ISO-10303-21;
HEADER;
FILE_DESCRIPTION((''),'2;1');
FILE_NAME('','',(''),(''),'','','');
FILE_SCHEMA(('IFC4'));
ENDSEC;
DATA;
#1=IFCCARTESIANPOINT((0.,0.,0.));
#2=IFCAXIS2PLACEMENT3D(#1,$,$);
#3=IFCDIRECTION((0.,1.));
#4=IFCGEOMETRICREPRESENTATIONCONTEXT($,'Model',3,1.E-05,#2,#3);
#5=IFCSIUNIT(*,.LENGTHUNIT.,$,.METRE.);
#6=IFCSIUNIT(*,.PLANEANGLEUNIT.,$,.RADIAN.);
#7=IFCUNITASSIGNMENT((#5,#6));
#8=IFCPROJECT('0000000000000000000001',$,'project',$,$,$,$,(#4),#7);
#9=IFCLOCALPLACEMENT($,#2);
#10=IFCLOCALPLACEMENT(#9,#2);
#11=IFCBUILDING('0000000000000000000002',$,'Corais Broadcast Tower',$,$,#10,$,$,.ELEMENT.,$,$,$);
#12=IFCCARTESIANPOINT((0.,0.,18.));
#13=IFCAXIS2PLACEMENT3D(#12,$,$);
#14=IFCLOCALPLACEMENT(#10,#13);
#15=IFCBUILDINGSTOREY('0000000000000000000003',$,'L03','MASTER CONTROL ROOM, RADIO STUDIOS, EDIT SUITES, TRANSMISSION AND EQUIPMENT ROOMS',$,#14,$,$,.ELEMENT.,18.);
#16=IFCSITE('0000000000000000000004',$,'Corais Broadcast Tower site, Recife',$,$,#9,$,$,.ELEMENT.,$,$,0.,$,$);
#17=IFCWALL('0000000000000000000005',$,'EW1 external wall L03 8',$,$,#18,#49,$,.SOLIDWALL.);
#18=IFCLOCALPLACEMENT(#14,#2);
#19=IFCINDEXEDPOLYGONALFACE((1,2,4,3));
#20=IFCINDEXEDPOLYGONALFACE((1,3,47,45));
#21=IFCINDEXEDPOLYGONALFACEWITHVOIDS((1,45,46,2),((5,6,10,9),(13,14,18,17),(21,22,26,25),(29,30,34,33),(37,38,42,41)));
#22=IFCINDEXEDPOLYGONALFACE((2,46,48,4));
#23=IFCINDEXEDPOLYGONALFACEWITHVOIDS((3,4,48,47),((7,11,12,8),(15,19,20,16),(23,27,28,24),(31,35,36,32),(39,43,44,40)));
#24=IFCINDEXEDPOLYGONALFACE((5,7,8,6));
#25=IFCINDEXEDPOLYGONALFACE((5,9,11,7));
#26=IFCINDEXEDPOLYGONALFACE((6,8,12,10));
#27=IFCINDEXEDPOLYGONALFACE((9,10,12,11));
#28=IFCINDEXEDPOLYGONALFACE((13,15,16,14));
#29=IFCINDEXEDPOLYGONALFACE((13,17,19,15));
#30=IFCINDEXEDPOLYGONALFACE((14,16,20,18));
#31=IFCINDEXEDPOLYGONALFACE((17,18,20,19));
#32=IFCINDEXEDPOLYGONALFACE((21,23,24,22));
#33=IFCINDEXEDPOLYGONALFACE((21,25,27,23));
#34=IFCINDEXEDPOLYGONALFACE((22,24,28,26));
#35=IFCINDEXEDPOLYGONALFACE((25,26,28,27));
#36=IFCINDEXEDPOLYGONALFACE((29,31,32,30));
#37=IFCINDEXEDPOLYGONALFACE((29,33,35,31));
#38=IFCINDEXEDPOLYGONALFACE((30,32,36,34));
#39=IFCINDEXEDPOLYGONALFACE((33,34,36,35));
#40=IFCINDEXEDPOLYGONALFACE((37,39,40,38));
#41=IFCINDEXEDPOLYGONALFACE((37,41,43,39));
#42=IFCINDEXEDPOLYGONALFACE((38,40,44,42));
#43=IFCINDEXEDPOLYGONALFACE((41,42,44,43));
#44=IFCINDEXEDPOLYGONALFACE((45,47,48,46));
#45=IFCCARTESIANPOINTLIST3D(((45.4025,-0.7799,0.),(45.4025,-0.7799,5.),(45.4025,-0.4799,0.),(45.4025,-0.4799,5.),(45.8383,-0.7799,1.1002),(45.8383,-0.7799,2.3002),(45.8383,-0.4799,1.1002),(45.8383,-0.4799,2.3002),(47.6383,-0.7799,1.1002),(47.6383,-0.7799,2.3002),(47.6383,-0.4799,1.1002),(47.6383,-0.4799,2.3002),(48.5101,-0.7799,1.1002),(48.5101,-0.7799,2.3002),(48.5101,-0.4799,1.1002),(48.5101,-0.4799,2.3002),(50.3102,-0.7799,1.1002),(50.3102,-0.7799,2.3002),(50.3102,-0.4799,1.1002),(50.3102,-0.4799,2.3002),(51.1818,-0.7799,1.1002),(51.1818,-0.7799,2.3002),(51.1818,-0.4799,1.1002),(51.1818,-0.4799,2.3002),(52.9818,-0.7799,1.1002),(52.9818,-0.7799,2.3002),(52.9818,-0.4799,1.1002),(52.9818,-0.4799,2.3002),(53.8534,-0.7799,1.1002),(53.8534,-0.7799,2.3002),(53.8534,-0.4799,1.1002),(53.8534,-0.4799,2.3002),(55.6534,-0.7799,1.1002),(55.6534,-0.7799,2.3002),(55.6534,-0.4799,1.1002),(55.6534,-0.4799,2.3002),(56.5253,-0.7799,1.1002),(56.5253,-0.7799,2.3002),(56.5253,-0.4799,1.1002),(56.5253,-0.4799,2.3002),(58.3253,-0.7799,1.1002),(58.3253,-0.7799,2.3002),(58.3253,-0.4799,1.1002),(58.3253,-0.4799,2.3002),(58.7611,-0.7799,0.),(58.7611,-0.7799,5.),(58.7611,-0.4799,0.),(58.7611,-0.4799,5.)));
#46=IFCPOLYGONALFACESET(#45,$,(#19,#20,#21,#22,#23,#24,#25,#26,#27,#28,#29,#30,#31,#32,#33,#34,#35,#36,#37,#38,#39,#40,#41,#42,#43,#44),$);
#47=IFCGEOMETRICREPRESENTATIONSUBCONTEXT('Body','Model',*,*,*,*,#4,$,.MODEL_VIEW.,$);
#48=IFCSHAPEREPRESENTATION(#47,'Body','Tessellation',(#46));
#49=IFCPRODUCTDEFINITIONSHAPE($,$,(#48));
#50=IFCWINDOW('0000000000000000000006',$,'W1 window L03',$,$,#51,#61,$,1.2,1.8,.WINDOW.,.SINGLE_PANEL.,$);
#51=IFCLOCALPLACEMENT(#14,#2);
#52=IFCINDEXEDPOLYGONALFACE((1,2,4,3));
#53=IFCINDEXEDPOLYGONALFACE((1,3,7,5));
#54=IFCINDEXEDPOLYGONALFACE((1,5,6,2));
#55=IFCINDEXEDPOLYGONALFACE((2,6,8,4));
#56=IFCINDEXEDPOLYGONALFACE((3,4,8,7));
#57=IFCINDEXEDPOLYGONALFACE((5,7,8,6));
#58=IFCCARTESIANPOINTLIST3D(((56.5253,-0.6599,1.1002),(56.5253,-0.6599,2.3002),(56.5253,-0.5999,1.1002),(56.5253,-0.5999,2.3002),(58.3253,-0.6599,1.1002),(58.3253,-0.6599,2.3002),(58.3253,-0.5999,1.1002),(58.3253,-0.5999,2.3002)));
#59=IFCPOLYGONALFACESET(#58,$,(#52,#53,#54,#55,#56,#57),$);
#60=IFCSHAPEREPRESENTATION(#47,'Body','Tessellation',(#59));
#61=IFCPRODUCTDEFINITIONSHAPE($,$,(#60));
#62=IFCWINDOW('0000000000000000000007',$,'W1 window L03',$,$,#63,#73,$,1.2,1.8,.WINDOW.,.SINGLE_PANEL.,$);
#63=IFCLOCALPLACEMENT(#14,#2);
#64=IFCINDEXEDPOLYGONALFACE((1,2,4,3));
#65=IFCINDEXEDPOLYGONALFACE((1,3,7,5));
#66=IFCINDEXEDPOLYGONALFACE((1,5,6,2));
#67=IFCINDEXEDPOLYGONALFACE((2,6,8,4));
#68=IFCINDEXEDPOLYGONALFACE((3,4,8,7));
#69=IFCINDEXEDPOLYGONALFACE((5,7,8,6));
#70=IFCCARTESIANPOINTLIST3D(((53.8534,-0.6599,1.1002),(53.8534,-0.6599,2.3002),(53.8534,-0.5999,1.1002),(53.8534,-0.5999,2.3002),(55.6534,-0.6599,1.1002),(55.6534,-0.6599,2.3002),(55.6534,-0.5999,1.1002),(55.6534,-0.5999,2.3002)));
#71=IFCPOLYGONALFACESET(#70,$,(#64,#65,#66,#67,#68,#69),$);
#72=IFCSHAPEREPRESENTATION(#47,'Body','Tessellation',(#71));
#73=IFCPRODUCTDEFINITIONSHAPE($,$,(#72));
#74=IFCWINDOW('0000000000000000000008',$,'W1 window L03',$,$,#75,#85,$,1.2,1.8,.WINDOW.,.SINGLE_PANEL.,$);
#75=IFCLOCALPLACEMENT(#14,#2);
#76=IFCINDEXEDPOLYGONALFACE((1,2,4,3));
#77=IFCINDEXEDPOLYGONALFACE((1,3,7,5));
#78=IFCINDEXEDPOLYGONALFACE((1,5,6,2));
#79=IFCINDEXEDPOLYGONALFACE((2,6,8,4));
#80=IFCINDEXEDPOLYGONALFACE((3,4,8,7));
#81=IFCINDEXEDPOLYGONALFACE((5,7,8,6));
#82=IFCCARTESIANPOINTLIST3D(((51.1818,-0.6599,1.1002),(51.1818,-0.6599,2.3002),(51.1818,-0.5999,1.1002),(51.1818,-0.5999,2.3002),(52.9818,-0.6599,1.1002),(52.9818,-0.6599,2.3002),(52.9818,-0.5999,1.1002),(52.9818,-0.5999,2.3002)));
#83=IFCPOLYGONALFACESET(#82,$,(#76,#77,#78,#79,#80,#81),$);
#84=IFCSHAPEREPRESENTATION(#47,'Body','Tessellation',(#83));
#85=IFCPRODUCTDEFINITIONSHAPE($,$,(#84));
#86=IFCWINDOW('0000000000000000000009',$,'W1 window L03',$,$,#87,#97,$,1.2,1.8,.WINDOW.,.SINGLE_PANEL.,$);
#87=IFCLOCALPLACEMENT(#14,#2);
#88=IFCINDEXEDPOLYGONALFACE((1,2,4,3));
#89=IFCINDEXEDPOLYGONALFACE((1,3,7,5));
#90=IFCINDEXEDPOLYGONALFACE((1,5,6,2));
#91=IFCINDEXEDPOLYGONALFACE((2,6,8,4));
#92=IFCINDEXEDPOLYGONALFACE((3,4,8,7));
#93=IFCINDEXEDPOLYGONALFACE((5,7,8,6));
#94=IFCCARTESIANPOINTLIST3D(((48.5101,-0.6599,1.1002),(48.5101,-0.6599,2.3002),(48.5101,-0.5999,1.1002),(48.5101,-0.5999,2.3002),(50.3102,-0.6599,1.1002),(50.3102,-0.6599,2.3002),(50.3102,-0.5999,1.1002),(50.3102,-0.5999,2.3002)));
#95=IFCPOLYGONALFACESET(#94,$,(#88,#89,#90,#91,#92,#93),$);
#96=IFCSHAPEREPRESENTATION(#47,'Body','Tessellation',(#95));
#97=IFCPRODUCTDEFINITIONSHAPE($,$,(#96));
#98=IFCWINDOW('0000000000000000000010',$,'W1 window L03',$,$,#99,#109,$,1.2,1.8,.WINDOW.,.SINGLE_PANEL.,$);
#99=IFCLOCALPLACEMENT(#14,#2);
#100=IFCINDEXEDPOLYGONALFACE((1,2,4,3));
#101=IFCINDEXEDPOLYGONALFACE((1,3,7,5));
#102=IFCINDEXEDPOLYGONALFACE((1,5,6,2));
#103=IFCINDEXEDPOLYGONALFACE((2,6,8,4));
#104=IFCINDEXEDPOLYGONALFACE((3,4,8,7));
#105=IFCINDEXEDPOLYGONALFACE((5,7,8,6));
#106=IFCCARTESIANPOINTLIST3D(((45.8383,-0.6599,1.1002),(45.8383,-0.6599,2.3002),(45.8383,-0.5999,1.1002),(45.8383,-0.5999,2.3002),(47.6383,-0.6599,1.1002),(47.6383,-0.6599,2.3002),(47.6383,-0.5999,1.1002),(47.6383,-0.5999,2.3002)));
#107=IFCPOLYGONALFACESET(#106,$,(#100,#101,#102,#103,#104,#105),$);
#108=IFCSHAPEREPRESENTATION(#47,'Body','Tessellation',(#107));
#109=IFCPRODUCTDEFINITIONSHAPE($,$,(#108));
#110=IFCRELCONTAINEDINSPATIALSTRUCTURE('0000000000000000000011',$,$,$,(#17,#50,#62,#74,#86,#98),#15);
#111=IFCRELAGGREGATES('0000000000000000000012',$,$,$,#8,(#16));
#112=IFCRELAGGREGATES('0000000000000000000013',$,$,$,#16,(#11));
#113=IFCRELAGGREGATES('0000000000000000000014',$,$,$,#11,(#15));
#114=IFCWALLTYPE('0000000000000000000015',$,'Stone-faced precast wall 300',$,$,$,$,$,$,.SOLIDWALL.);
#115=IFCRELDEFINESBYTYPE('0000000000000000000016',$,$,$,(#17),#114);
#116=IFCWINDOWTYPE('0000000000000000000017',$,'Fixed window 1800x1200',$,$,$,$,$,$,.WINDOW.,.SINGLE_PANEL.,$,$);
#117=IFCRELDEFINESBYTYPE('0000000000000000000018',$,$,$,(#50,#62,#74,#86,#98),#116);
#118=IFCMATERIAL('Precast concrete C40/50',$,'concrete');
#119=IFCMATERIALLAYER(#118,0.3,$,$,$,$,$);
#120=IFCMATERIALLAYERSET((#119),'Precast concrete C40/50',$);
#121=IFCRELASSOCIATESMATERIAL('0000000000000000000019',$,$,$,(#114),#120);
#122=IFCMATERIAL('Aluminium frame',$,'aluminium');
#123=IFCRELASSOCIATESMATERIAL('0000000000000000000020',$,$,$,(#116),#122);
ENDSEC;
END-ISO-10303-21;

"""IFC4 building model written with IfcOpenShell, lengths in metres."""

from ifc_helpers import new_model, si_unit, direction, frame, frame_2d, origin, place, context, subcontext, project, spatial, rectangle, extrude, material, layer, layer_set, type_object, element, fill, save


model = new_model("IFC4")

# Units and contexts
model_context = context("Model", 3, precision=1e-05, world=origin(), true_north=direction((0.0, 1.0)))
body_context = subcontext(model_context, "Body", "Model", "MODEL_VIEW")
ifc_project = project(units=[si_unit("LENGTHUNIT", "METRE"), si_unit("PLANEANGLEUNIT", "RADIAN")], contexts=[model_context])

# Site, building, storey
site_placement = place(None, origin())
site = spatial("IfcSite", under=ifc_project, at=site_placement, Name="Corais Broadcast Tower site, Recife", CompositionType="ELEMENT", RefElevation=0.0)
building_placement = place(site_placement, origin())
building = spatial("IfcBuilding", under=site, at=building_placement, Name="Corais Broadcast Tower", CompositionType="ELEMENT")
storey_placement = place(building_placement, frame((0.0, 0.0, 18.0)))
storey = spatial("IfcBuildingStorey", under=building, at=storey_placement, Name="L03", Description="MASTER CONTROL ROOM, RADIO STUDIOS, EDIT SUITES, TRANSMISSION AND EQUIPMENT ROOMS", CompositionType="ELEMENT", Elevation=18.0)

# Shared definitions
ifc_material_1 = material(Name="Precast concrete C40/50", Category="concrete")
ifc_layer_1 = layer(ifc_material_1, 0.3)
ifc_layer_set_1 = layer_set([ifc_layer_1], Name="Precast concrete C40/50")
wall_type_1 = type_object("IfcWallType", Name="Stone-faced precast wall 300", PredefinedType="SOLIDWALL", material=ifc_layer_set_1)
ifc_material_2 = material(Name="Aluminium frame", Category="aluminium")
window_type = type_object("IfcWindowType", Name="Fixed window 1800x1200", PartitioningType="SINGLE_PANEL", PredefinedType="WINDOW", material=ifc_material_2)

# Wall, openings, windows
wall_1_placement = place(storey_placement, frame((58.761, -0.6299, 0.0), z_axis=(0.0, 0.0, 1.0), x_axis=(-1.0, 0.0, 0.0)))
wall_1 = element("IfcWall", 1, at=wall_1_placement, inside=storey, type_object=wall_type_1, Name="EW1 external wall L03 8", PredefinedType="SOLIDWALL", context=body_context, shape_type="SweptSolid", body=[
    extrude(rectangle(XDim=13.3586, YDim=0.3, at=frame_2d((6.6792, 0.0))), origin(), (0.0, 0.0, 1.0), 5.0),
])
opening_1_placement = place(wall_1_placement, frame((0.4358, 0.0, 1.1001)))
opening_1 = element("IfcOpeningElement", 2, at=opening_1_placement, cuts=wall_1, PredefinedType="OPENING", context=body_context, shape_type="SweptSolid", body=[
    extrude(rectangle(XDim=1.8, YDim=1.2, at=frame_2d((0.8999, 0.6001))), frame((0.0, 0.1599, 0.0), z_axis=(0.0, -1.0, 0.0), x_axis=(1.0, 0.0, 0.0)), (0.0, 0.0, 1.0), 0.3201),
])
opening_2_placement = place(wall_1_placement, frame((3.1077, 0.0, 1.1001)))
opening_2 = element("IfcOpeningElement", 3, at=opening_2_placement, cuts=wall_1, PredefinedType="OPENING", context=body_context, shape_type="SweptSolid", body=[
    extrude(rectangle(XDim=1.8, YDim=1.2, at=frame_2d((0.8999, 0.6001))), frame((0.0, 0.1599, 0.0), z_axis=(0.0, -1.0, 0.0), x_axis=(1.0, 0.0, 0.0)), (0.0, 0.0, 1.0), 0.3201),
])
opening_3_placement = place(wall_1_placement, frame((5.7793, 0.0, 1.1001)))
opening_3 = element("IfcOpeningElement", 4, at=opening_3_placement, cuts=wall_1, PredefinedType="OPENING", context=body_context, shape_type="SweptSolid", body=[
    extrude(rectangle(XDim=1.8, YDim=1.2, at=frame_2d((0.8999, 0.6001))), frame((0.0, 0.1599, 0.0), z_axis=(0.0, -1.0, 0.0), x_axis=(1.0, 0.0, 0.0)), (0.0, 0.0, 1.0), 0.3201),
])
opening_4_placement = place(wall_1_placement, frame((8.4509, 0.0, 1.1001)))
opening_4 = element("IfcOpeningElement", 5, at=opening_4_placement, cuts=wall_1, PredefinedType="OPENING", context=body_context, shape_type="SweptSolid", body=[
    extrude(rectangle(XDim=1.8, YDim=1.2, at=frame_2d((0.8999, 0.6001))), frame((0.0, 0.1599, 0.0), z_axis=(0.0, -1.0, 0.0), x_axis=(1.0, 0.0, 0.0)), (0.0, 0.0, 1.0), 0.3201),
])
opening_5_placement = place(wall_1_placement, frame((11.1228, 0.0, 1.1001)))
opening_5 = element("IfcOpeningElement", 6, at=opening_5_placement, cuts=wall_1, PredefinedType="OPENING", context=body_context, shape_type="SweptSolid", body=[
    extrude(rectangle(XDim=1.8, YDim=1.2, at=frame_2d((0.8999, 0.6001))), frame((0.0, 0.1599, 0.0), z_axis=(0.0, -1.0, 0.0), x_axis=(1.0, 0.0, 0.0)), (0.0, 0.0, 1.0), 0.3201),
])
window_1_placement = place(opening_1_placement, origin())
window_1 = element("IfcWindow", 7, at=window_1_placement, inside=storey, type_object=window_type, Name="W1 window L03", OverallHeight=1.2, OverallWidth=1.8, PartitioningType="SINGLE_PANEL", PredefinedType="WINDOW", context=body_context, shape_type="SweptSolid", body=[
    extrude(rectangle(XDim=1.8, YDim=1.2, at=frame_2d((0.8999, 0.6001))), frame((0.0, 0.03, 0.0), z_axis=(0.0, -1.0, 0.0), x_axis=(1.0, 0.0, 0.0)), (0.0, 0.0, 1.0), 0.0601),
])
fill(opening_1, window_1)
window_2_placement = place(opening_2_placement, origin())
window_2 = element("IfcWindow", 8, at=window_2_placement, inside=storey, type_object=window_type, Name="W1 window L03", OverallHeight=1.2, OverallWidth=1.8, PartitioningType="SINGLE_PANEL", PredefinedType="WINDOW", context=body_context, shape_type="SweptSolid", body=[
    extrude(rectangle(XDim=1.8, YDim=1.2, at=frame_2d((0.8999, 0.6001))), frame((0.0, 0.03, 0.0), z_axis=(0.0, -1.0, 0.0), x_axis=(1.0, 0.0, 0.0)), (0.0, 0.0, 1.0), 0.0601),
])
fill(opening_2, window_2)
window_3_placement = place(opening_3_placement, origin())
window_3 = element("IfcWindow", 9, at=window_3_placement, inside=storey, type_object=window_type, Name="W1 window L03", OverallHeight=1.2, OverallWidth=1.8, PartitioningType="SINGLE_PANEL", PredefinedType="WINDOW", context=body_context, shape_type="SweptSolid", body=[
    extrude(rectangle(XDim=1.8, YDim=1.2, at=frame_2d((0.8999, 0.6001))), frame((0.0, 0.03, 0.0), z_axis=(0.0, -1.0, 0.0), x_axis=(1.0, 0.0, 0.0)), (0.0, 0.0, 1.0), 0.0601),
])
fill(opening_3, window_3)
window_4_placement = place(opening_4_placement, origin())
window_4 = element("IfcWindow", 10, at=window_4_placement, inside=storey, type_object=window_type, Name="W1 window L03", OverallHeight=1.2, OverallWidth=1.8, PartitioningType="SINGLE_PANEL", PredefinedType="WINDOW", context=body_context, shape_type="SweptSolid", body=[
    extrude(rectangle(XDim=1.8, YDim=1.2, at=frame_2d((0.8999, 0.6001))), frame((0.0, 0.03, 0.0), z_axis=(0.0, -1.0, 0.0), x_axis=(1.0, 0.0, 0.0)), (0.0, 0.0, 1.0), 0.0601),
])
fill(opening_4, window_4)
window_5_placement = place(opening_5_placement, origin())
window_5 = element("IfcWindow", 11, at=window_5_placement, inside=storey, type_object=window_type, Name="W1 window L03", OverallHeight=1.2, OverallWidth=1.8, PartitioningType="SINGLE_PANEL", PredefinedType="WINDOW", context=body_context, shape_type="SweptSolid", body=[
    extrude(rectangle(XDim=1.8, YDim=1.2, at=frame_2d((0.8999, 0.6001))), frame((0.0, 0.03, 0.0), z_axis=(0.0, -1.0, 0.0), x_axis=(1.0, 0.0, 0.0)), (0.0, 0.0, 1.0), 0.0601),
])
fill(opening_5, window_5)

save(model, "model.ifc")
